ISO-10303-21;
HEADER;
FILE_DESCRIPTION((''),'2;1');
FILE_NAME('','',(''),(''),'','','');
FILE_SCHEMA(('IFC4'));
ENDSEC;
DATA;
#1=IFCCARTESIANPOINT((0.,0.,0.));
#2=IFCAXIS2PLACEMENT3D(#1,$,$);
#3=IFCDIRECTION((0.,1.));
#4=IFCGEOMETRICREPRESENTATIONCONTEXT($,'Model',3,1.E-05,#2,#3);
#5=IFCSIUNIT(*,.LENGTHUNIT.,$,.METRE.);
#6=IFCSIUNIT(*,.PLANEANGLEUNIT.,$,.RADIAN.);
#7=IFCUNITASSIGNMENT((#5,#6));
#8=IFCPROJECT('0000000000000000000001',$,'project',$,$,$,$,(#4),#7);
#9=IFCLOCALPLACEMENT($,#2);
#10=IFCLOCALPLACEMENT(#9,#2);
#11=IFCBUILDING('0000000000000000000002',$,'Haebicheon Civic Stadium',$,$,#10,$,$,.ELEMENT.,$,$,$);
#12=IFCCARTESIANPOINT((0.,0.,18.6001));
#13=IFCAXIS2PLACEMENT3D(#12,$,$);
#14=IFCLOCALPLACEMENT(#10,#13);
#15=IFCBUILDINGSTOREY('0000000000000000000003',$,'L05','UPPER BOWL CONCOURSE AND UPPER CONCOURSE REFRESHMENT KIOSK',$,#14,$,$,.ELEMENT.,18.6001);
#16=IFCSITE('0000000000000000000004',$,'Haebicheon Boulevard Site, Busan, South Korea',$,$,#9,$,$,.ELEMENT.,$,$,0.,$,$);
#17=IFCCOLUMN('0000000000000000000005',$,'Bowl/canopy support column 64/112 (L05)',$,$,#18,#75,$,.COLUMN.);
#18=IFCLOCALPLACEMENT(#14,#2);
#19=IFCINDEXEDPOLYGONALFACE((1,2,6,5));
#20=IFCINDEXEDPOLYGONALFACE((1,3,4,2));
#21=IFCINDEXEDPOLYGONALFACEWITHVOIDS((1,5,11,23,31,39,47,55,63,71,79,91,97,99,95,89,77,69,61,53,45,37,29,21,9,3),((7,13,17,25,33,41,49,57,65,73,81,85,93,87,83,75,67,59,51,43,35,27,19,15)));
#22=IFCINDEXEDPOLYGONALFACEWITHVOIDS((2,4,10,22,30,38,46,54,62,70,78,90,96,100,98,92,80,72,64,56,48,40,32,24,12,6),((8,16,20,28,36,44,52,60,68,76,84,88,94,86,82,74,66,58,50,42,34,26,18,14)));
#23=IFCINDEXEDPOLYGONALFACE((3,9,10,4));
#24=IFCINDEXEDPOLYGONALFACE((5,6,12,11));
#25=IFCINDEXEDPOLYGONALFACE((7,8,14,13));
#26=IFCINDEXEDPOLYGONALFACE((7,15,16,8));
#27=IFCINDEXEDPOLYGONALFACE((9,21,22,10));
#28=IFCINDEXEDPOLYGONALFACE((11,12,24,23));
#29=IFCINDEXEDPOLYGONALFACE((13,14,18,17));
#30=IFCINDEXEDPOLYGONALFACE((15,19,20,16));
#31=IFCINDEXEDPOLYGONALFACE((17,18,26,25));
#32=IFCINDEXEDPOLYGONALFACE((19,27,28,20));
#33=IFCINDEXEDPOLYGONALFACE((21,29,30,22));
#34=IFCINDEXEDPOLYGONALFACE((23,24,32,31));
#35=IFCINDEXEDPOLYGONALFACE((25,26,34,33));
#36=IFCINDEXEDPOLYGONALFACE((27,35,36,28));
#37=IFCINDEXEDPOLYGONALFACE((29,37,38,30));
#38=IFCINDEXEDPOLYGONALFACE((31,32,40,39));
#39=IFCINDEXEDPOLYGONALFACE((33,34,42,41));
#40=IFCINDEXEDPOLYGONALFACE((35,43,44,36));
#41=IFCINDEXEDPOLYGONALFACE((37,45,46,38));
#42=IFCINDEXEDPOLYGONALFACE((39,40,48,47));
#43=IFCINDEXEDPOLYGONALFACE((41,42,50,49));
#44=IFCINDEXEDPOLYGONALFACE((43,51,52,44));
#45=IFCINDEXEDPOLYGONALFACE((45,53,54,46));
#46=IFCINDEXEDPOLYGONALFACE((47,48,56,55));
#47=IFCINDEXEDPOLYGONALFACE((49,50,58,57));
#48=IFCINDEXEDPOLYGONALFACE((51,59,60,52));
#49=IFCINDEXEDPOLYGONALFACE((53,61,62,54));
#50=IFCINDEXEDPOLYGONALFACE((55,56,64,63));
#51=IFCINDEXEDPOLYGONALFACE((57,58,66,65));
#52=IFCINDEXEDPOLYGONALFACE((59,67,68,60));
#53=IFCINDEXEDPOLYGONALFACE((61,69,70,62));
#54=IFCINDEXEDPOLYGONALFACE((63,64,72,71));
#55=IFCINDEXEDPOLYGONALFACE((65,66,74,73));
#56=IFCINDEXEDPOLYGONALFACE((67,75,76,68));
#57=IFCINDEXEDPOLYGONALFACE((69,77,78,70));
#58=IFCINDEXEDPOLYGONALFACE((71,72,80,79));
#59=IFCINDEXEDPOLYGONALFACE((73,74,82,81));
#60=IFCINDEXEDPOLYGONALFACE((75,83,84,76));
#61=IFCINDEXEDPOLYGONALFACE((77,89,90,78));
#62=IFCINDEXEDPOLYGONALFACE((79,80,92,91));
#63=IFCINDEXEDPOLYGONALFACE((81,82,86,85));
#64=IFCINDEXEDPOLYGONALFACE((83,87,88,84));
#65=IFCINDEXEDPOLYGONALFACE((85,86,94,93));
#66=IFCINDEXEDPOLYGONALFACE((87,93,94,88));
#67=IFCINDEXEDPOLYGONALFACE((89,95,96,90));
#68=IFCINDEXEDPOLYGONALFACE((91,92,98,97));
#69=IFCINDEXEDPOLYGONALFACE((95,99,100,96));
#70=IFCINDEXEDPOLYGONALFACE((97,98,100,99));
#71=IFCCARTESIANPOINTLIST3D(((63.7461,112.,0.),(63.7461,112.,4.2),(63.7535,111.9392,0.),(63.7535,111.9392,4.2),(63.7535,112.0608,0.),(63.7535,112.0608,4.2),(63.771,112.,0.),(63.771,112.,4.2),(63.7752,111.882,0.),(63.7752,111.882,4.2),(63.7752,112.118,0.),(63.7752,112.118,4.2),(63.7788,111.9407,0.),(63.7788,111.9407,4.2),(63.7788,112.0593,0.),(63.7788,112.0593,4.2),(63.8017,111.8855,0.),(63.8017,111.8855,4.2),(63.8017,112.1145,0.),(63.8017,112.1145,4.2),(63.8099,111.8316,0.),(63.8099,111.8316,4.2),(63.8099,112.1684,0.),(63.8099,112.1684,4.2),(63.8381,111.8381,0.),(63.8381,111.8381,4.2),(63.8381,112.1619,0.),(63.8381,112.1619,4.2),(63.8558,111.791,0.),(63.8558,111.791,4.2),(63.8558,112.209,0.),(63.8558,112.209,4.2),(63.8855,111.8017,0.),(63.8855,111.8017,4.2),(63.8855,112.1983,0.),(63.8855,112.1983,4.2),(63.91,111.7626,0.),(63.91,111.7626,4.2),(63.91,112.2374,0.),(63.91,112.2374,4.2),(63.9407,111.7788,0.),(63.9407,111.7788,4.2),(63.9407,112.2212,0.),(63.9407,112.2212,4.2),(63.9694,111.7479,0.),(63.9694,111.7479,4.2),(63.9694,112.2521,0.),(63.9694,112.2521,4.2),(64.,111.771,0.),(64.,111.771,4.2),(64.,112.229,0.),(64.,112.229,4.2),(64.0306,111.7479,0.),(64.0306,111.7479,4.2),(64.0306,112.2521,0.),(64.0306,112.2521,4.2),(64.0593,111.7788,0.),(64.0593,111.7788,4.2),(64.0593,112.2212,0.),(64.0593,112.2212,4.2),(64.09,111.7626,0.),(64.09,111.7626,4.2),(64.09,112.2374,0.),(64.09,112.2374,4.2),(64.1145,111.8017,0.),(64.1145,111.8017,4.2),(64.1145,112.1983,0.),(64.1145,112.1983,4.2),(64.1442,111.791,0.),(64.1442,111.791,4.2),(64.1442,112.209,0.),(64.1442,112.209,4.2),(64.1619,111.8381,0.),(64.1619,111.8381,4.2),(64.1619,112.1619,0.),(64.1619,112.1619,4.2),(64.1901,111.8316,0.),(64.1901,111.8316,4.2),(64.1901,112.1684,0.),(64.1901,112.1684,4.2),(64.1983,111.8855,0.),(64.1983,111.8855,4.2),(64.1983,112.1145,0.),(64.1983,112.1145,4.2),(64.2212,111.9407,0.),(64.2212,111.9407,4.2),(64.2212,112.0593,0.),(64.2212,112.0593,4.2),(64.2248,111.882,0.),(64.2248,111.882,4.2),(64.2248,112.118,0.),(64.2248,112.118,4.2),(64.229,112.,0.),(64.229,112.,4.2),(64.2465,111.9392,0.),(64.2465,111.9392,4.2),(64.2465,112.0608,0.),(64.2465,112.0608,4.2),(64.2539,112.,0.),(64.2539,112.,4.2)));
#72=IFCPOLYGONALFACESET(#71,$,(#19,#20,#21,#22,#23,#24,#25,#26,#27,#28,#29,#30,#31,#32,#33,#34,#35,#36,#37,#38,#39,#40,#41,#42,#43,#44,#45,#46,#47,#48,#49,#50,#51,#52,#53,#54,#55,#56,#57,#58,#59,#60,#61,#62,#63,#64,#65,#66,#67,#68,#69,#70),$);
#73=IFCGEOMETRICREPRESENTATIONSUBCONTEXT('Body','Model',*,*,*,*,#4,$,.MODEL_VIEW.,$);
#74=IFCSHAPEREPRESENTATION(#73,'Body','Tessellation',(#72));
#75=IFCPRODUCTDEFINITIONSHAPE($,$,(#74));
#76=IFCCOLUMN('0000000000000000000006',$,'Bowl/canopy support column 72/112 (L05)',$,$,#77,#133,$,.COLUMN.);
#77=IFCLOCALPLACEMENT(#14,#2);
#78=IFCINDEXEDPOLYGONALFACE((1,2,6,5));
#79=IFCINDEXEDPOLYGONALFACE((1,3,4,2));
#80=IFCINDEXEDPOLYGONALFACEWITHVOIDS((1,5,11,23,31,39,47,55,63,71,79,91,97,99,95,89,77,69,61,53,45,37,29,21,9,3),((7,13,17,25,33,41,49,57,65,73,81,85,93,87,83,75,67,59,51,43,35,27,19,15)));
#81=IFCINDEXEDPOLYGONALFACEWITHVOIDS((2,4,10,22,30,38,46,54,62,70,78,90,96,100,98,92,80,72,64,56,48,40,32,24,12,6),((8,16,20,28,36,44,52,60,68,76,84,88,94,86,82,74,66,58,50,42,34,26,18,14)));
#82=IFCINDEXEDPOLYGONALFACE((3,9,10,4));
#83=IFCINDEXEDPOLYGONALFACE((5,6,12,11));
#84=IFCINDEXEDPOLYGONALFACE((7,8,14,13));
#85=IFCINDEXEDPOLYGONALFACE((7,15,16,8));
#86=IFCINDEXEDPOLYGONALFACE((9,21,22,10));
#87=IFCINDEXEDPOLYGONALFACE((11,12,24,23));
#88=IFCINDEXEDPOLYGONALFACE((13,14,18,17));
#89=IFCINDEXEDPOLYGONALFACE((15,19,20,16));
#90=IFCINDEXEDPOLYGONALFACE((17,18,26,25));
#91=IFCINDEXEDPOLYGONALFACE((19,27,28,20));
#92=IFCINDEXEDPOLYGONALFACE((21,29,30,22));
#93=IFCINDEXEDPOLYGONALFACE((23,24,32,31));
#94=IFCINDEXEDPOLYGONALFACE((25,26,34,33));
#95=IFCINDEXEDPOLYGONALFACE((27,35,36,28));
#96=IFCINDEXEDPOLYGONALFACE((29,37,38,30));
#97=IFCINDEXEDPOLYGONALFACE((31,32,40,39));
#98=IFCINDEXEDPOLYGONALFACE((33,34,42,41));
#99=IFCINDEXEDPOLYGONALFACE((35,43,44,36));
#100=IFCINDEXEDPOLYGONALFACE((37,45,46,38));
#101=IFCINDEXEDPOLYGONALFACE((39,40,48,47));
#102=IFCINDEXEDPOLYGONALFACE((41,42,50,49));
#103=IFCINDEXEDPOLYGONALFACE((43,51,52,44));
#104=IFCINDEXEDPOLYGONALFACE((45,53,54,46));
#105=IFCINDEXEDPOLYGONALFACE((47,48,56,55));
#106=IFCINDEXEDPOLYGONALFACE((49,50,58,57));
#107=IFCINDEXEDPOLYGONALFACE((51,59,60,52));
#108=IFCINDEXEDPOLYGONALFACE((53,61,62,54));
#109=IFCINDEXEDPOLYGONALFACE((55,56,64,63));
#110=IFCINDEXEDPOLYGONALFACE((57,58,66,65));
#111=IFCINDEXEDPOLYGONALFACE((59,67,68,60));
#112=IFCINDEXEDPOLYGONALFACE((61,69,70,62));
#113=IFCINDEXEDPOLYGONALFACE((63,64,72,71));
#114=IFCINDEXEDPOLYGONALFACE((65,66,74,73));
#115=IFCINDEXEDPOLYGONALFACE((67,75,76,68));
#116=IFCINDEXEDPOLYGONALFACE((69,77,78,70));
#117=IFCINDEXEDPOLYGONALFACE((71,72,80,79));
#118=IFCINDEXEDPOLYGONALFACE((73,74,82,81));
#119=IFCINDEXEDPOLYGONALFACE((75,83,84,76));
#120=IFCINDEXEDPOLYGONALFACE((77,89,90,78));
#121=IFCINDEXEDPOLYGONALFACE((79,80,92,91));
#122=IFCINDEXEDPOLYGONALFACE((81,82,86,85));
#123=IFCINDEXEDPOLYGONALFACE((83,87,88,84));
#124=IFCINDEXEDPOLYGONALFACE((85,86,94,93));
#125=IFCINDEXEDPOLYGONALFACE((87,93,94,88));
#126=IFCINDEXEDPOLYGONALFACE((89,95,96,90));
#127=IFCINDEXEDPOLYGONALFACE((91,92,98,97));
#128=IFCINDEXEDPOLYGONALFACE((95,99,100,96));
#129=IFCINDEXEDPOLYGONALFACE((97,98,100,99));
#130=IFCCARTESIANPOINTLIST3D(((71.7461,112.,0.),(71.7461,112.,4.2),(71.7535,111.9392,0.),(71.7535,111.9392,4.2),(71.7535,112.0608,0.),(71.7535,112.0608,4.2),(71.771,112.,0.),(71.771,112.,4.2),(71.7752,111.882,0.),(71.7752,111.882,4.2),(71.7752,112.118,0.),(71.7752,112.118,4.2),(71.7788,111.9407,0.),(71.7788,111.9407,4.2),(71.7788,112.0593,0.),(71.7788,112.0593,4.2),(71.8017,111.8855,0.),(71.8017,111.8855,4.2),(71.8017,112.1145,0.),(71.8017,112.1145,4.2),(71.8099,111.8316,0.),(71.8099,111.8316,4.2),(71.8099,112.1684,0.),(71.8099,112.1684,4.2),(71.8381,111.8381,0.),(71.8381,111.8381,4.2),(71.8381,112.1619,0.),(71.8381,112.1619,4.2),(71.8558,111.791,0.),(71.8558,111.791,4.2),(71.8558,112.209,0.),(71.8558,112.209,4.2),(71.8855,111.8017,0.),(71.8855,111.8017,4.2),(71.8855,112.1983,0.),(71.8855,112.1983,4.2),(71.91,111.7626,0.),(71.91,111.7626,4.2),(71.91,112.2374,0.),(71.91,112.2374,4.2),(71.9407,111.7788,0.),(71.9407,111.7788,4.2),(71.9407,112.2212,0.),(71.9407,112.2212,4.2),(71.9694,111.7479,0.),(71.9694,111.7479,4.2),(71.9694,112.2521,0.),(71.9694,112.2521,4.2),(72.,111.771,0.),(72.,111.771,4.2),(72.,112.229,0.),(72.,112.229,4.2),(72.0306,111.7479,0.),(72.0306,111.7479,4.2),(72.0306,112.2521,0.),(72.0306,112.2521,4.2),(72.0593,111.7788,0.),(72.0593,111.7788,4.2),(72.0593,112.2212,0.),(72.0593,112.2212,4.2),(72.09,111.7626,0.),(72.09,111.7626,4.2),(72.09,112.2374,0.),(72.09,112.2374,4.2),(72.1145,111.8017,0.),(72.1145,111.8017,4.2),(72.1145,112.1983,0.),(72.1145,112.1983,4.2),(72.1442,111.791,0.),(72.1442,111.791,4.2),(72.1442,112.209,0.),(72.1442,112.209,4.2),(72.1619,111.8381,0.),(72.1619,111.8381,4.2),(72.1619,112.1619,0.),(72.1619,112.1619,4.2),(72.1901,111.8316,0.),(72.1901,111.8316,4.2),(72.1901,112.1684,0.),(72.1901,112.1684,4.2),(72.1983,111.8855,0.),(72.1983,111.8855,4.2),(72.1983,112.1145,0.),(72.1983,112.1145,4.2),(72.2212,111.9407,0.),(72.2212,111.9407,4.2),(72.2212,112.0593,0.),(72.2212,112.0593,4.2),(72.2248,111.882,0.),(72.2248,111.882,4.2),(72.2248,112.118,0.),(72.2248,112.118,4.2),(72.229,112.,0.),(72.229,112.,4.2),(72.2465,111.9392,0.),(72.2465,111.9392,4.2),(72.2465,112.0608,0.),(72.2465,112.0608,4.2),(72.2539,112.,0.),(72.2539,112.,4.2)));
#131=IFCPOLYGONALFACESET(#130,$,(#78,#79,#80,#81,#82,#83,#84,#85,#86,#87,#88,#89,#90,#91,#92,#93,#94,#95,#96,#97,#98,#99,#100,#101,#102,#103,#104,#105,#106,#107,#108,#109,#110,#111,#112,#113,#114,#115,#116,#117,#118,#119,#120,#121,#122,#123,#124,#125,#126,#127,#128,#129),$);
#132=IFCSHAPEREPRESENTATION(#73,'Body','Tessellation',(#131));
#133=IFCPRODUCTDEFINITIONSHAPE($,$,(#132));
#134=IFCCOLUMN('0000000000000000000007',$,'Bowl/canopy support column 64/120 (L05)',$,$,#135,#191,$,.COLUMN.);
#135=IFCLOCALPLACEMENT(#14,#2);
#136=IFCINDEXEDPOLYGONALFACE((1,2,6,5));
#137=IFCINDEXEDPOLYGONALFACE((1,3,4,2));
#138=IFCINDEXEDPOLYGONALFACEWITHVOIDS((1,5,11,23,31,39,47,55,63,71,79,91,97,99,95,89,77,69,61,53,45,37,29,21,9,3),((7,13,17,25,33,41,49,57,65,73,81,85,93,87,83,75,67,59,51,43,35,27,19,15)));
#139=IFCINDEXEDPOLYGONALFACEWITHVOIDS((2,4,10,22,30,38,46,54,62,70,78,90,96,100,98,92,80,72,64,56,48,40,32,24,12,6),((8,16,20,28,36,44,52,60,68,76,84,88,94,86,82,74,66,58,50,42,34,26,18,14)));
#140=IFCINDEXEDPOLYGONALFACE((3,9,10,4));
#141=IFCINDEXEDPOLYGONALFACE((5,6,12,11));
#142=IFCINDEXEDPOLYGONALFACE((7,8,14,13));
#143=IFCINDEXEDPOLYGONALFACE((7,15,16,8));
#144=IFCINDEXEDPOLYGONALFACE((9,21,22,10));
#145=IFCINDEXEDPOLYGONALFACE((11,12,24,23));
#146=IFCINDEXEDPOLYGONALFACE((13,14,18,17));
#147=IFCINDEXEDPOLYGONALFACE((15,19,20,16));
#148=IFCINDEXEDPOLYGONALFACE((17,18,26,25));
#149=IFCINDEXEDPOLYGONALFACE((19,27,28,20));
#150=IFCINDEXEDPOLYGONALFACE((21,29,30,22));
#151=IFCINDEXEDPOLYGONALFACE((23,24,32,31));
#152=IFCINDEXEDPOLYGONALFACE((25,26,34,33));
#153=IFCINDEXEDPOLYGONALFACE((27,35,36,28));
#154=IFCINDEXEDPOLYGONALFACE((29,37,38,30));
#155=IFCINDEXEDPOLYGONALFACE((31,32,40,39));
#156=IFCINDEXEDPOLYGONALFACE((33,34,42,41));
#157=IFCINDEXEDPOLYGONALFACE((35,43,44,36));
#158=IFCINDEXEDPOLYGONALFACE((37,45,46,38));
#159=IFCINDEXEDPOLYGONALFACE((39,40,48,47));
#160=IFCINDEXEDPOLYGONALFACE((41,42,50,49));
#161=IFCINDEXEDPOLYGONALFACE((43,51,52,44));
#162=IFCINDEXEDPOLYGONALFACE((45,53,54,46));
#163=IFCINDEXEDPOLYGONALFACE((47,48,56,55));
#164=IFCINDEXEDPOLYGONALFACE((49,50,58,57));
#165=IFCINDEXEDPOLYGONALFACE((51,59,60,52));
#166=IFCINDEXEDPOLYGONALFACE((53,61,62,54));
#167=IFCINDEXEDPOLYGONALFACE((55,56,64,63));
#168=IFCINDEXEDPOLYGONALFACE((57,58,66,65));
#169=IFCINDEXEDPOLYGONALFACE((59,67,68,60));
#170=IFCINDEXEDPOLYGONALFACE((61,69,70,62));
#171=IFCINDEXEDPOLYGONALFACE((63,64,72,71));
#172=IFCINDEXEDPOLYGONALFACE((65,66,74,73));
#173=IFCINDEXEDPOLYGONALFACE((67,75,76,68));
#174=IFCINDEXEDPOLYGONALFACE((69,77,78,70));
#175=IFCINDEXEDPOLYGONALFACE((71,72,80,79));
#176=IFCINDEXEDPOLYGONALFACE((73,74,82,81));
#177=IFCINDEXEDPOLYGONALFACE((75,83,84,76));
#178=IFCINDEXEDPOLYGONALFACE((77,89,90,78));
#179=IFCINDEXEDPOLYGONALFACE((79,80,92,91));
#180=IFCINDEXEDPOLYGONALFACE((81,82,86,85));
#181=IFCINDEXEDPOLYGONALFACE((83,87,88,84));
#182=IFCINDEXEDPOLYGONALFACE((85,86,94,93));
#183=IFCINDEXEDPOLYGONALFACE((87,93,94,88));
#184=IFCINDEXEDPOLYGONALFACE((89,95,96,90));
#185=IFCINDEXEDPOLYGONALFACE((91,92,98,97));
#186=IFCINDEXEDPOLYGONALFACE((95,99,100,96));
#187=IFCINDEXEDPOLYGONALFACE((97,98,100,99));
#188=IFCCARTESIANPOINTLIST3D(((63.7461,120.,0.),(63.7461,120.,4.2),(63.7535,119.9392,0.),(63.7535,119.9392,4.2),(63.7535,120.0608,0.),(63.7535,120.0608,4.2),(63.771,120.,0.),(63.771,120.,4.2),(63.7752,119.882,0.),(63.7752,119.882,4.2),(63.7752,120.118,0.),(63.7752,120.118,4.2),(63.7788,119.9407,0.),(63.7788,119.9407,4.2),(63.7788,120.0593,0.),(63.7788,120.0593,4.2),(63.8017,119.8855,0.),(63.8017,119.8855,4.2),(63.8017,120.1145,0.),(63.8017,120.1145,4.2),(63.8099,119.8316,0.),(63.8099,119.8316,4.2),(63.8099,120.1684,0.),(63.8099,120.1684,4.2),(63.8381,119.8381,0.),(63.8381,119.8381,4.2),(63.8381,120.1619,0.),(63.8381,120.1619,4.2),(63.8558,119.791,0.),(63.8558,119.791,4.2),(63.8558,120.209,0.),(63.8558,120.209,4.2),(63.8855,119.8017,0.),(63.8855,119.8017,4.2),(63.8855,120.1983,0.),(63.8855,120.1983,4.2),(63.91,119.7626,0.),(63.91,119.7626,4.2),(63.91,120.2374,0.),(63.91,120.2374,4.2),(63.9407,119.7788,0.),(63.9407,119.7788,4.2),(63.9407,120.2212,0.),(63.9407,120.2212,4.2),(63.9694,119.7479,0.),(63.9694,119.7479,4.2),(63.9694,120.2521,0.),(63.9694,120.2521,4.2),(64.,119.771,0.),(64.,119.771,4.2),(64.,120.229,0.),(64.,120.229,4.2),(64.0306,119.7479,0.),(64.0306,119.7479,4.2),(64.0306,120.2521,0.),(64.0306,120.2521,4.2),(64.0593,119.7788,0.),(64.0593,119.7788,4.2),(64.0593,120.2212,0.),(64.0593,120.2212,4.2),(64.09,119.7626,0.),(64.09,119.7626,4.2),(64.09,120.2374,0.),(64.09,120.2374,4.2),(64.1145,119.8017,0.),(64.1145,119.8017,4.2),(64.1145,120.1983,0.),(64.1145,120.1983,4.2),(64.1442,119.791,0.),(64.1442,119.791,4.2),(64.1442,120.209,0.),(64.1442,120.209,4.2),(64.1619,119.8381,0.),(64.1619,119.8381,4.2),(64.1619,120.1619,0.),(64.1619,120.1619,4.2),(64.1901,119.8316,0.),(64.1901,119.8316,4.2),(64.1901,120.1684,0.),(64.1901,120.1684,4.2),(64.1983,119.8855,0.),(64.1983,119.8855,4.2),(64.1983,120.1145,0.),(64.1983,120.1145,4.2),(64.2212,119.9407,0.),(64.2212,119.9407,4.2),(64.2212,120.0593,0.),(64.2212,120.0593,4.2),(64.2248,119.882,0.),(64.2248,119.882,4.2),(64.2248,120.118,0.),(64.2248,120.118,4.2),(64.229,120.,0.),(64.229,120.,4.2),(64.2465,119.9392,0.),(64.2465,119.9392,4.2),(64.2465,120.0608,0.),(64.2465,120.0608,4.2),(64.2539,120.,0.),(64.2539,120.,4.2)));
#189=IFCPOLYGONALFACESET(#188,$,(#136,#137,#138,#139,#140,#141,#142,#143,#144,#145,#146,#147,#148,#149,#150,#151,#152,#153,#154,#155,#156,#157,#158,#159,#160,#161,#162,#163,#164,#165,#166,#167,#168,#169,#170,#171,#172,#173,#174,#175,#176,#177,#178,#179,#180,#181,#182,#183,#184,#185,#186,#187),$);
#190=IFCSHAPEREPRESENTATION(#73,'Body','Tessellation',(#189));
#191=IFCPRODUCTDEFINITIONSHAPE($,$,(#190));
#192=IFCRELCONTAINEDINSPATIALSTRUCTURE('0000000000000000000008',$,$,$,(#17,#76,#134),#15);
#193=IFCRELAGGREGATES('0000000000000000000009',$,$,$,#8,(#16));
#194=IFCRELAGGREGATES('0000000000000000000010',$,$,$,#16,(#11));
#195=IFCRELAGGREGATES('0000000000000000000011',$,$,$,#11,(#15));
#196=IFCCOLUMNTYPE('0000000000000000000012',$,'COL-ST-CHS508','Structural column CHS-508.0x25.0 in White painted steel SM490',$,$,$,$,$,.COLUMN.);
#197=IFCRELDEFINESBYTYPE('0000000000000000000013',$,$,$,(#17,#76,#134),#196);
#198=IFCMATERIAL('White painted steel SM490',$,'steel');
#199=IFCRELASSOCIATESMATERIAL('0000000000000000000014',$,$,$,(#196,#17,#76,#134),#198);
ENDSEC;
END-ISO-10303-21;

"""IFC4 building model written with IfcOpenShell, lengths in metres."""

from ifc_helpers import new_model, si_unit, direction, frame, origin, origin_2d, place, context, subcontext, project, spatial, hollow_circle, extrude, material, material_profile, profile_set, type_object, element, save


model = new_model("IFC4")

# Units and contexts
model_context = context("Model", 3, precision=1e-05, world=origin(), true_north=direction((0.0, 1.0)))
body_context = subcontext(model_context, "Body", "Model", "MODEL_VIEW")
ifc_project = project(units=[si_unit("LENGTHUNIT", "METRE"), si_unit("PLANEANGLEUNIT", "RADIAN")], contexts=[model_context])

# Site, building, storey
site_placement = place(None, origin())
site = spatial("IfcSite", under=ifc_project, at=site_placement, Name="Haebicheon Boulevard Site, Busan, South Korea", CompositionType="ELEMENT", RefElevation=0.0)
building_placement = place(site_placement, origin())
building = spatial("IfcBuilding", under=site, at=building_placement, Name="Haebicheon Civic Stadium", CompositionType="ELEMENT")
storey_placement = place(building_placement, frame((0.0, 0.0, 18.6001)))
storey = spatial("IfcBuildingStorey", under=building, at=storey_placement, Name="L05", Description="UPPER BOWL CONCOURSE AND UPPER CONCOURSE REFRESHMENT KIOSK", CompositionType="ELEMENT", Elevation=18.6001)

# Columns
ifc_material_1 = material(Name="White painted steel SM490", Category="steel")
ifc_material_profile_1 = material_profile(ifc_material_1, hollow_circle(Radius=0.2539, WallThickness=0.0249, at=origin_2d()), Name="CHS-508.0x25.0")
ifc_profile_set_1 = profile_set([ifc_material_profile_1], Name="White painted steel SM490")
column_type_1 = type_object("IfcColumnType", Name="COL-ST-CHS508", Description="Structural column CHS-508.0x25.0 in White painted steel SM490", PredefinedType="COLUMN", material=ifc_profile_set_1)
for number, where, z_axis, x_axis, name in (
    (1, (64.0, 112.0, 0.0), (0.0, 0.0, 1.0), (1.0, 0.0, 0.0), "Bowl/canopy support column 64/112 (L05)"),
    (2, (72.0, 112.0, 0.0), (0.0, 0.0, 1.0), (1.0, 0.0, 0.0), "Bowl/canopy support column 72/112 (L05)"),
    (3, (64.0, 120.0, 0.0), (0.0, 0.0, 1.0), (1.0, 0.0, 0.0), "Bowl/canopy support column 64/120 (L05)"),
):
    element("IfcColumn", number, at=place(storey_placement, frame(where, z_axis=z_axis, x_axis=x_axis)), inside=storey, type_object=column_type_1, material=ifc_profile_set_1, Name=name, PredefinedType="COLUMN", context=body_context, shape_type="SweptSolid", body=[
        extrude(hollow_circle(Radius=0.2539, WallThickness=0.0249, at=origin_2d()), origin(), (0.0, 0.0, 1.0), 4.2),
    ])

save(model, "model.ifc")
